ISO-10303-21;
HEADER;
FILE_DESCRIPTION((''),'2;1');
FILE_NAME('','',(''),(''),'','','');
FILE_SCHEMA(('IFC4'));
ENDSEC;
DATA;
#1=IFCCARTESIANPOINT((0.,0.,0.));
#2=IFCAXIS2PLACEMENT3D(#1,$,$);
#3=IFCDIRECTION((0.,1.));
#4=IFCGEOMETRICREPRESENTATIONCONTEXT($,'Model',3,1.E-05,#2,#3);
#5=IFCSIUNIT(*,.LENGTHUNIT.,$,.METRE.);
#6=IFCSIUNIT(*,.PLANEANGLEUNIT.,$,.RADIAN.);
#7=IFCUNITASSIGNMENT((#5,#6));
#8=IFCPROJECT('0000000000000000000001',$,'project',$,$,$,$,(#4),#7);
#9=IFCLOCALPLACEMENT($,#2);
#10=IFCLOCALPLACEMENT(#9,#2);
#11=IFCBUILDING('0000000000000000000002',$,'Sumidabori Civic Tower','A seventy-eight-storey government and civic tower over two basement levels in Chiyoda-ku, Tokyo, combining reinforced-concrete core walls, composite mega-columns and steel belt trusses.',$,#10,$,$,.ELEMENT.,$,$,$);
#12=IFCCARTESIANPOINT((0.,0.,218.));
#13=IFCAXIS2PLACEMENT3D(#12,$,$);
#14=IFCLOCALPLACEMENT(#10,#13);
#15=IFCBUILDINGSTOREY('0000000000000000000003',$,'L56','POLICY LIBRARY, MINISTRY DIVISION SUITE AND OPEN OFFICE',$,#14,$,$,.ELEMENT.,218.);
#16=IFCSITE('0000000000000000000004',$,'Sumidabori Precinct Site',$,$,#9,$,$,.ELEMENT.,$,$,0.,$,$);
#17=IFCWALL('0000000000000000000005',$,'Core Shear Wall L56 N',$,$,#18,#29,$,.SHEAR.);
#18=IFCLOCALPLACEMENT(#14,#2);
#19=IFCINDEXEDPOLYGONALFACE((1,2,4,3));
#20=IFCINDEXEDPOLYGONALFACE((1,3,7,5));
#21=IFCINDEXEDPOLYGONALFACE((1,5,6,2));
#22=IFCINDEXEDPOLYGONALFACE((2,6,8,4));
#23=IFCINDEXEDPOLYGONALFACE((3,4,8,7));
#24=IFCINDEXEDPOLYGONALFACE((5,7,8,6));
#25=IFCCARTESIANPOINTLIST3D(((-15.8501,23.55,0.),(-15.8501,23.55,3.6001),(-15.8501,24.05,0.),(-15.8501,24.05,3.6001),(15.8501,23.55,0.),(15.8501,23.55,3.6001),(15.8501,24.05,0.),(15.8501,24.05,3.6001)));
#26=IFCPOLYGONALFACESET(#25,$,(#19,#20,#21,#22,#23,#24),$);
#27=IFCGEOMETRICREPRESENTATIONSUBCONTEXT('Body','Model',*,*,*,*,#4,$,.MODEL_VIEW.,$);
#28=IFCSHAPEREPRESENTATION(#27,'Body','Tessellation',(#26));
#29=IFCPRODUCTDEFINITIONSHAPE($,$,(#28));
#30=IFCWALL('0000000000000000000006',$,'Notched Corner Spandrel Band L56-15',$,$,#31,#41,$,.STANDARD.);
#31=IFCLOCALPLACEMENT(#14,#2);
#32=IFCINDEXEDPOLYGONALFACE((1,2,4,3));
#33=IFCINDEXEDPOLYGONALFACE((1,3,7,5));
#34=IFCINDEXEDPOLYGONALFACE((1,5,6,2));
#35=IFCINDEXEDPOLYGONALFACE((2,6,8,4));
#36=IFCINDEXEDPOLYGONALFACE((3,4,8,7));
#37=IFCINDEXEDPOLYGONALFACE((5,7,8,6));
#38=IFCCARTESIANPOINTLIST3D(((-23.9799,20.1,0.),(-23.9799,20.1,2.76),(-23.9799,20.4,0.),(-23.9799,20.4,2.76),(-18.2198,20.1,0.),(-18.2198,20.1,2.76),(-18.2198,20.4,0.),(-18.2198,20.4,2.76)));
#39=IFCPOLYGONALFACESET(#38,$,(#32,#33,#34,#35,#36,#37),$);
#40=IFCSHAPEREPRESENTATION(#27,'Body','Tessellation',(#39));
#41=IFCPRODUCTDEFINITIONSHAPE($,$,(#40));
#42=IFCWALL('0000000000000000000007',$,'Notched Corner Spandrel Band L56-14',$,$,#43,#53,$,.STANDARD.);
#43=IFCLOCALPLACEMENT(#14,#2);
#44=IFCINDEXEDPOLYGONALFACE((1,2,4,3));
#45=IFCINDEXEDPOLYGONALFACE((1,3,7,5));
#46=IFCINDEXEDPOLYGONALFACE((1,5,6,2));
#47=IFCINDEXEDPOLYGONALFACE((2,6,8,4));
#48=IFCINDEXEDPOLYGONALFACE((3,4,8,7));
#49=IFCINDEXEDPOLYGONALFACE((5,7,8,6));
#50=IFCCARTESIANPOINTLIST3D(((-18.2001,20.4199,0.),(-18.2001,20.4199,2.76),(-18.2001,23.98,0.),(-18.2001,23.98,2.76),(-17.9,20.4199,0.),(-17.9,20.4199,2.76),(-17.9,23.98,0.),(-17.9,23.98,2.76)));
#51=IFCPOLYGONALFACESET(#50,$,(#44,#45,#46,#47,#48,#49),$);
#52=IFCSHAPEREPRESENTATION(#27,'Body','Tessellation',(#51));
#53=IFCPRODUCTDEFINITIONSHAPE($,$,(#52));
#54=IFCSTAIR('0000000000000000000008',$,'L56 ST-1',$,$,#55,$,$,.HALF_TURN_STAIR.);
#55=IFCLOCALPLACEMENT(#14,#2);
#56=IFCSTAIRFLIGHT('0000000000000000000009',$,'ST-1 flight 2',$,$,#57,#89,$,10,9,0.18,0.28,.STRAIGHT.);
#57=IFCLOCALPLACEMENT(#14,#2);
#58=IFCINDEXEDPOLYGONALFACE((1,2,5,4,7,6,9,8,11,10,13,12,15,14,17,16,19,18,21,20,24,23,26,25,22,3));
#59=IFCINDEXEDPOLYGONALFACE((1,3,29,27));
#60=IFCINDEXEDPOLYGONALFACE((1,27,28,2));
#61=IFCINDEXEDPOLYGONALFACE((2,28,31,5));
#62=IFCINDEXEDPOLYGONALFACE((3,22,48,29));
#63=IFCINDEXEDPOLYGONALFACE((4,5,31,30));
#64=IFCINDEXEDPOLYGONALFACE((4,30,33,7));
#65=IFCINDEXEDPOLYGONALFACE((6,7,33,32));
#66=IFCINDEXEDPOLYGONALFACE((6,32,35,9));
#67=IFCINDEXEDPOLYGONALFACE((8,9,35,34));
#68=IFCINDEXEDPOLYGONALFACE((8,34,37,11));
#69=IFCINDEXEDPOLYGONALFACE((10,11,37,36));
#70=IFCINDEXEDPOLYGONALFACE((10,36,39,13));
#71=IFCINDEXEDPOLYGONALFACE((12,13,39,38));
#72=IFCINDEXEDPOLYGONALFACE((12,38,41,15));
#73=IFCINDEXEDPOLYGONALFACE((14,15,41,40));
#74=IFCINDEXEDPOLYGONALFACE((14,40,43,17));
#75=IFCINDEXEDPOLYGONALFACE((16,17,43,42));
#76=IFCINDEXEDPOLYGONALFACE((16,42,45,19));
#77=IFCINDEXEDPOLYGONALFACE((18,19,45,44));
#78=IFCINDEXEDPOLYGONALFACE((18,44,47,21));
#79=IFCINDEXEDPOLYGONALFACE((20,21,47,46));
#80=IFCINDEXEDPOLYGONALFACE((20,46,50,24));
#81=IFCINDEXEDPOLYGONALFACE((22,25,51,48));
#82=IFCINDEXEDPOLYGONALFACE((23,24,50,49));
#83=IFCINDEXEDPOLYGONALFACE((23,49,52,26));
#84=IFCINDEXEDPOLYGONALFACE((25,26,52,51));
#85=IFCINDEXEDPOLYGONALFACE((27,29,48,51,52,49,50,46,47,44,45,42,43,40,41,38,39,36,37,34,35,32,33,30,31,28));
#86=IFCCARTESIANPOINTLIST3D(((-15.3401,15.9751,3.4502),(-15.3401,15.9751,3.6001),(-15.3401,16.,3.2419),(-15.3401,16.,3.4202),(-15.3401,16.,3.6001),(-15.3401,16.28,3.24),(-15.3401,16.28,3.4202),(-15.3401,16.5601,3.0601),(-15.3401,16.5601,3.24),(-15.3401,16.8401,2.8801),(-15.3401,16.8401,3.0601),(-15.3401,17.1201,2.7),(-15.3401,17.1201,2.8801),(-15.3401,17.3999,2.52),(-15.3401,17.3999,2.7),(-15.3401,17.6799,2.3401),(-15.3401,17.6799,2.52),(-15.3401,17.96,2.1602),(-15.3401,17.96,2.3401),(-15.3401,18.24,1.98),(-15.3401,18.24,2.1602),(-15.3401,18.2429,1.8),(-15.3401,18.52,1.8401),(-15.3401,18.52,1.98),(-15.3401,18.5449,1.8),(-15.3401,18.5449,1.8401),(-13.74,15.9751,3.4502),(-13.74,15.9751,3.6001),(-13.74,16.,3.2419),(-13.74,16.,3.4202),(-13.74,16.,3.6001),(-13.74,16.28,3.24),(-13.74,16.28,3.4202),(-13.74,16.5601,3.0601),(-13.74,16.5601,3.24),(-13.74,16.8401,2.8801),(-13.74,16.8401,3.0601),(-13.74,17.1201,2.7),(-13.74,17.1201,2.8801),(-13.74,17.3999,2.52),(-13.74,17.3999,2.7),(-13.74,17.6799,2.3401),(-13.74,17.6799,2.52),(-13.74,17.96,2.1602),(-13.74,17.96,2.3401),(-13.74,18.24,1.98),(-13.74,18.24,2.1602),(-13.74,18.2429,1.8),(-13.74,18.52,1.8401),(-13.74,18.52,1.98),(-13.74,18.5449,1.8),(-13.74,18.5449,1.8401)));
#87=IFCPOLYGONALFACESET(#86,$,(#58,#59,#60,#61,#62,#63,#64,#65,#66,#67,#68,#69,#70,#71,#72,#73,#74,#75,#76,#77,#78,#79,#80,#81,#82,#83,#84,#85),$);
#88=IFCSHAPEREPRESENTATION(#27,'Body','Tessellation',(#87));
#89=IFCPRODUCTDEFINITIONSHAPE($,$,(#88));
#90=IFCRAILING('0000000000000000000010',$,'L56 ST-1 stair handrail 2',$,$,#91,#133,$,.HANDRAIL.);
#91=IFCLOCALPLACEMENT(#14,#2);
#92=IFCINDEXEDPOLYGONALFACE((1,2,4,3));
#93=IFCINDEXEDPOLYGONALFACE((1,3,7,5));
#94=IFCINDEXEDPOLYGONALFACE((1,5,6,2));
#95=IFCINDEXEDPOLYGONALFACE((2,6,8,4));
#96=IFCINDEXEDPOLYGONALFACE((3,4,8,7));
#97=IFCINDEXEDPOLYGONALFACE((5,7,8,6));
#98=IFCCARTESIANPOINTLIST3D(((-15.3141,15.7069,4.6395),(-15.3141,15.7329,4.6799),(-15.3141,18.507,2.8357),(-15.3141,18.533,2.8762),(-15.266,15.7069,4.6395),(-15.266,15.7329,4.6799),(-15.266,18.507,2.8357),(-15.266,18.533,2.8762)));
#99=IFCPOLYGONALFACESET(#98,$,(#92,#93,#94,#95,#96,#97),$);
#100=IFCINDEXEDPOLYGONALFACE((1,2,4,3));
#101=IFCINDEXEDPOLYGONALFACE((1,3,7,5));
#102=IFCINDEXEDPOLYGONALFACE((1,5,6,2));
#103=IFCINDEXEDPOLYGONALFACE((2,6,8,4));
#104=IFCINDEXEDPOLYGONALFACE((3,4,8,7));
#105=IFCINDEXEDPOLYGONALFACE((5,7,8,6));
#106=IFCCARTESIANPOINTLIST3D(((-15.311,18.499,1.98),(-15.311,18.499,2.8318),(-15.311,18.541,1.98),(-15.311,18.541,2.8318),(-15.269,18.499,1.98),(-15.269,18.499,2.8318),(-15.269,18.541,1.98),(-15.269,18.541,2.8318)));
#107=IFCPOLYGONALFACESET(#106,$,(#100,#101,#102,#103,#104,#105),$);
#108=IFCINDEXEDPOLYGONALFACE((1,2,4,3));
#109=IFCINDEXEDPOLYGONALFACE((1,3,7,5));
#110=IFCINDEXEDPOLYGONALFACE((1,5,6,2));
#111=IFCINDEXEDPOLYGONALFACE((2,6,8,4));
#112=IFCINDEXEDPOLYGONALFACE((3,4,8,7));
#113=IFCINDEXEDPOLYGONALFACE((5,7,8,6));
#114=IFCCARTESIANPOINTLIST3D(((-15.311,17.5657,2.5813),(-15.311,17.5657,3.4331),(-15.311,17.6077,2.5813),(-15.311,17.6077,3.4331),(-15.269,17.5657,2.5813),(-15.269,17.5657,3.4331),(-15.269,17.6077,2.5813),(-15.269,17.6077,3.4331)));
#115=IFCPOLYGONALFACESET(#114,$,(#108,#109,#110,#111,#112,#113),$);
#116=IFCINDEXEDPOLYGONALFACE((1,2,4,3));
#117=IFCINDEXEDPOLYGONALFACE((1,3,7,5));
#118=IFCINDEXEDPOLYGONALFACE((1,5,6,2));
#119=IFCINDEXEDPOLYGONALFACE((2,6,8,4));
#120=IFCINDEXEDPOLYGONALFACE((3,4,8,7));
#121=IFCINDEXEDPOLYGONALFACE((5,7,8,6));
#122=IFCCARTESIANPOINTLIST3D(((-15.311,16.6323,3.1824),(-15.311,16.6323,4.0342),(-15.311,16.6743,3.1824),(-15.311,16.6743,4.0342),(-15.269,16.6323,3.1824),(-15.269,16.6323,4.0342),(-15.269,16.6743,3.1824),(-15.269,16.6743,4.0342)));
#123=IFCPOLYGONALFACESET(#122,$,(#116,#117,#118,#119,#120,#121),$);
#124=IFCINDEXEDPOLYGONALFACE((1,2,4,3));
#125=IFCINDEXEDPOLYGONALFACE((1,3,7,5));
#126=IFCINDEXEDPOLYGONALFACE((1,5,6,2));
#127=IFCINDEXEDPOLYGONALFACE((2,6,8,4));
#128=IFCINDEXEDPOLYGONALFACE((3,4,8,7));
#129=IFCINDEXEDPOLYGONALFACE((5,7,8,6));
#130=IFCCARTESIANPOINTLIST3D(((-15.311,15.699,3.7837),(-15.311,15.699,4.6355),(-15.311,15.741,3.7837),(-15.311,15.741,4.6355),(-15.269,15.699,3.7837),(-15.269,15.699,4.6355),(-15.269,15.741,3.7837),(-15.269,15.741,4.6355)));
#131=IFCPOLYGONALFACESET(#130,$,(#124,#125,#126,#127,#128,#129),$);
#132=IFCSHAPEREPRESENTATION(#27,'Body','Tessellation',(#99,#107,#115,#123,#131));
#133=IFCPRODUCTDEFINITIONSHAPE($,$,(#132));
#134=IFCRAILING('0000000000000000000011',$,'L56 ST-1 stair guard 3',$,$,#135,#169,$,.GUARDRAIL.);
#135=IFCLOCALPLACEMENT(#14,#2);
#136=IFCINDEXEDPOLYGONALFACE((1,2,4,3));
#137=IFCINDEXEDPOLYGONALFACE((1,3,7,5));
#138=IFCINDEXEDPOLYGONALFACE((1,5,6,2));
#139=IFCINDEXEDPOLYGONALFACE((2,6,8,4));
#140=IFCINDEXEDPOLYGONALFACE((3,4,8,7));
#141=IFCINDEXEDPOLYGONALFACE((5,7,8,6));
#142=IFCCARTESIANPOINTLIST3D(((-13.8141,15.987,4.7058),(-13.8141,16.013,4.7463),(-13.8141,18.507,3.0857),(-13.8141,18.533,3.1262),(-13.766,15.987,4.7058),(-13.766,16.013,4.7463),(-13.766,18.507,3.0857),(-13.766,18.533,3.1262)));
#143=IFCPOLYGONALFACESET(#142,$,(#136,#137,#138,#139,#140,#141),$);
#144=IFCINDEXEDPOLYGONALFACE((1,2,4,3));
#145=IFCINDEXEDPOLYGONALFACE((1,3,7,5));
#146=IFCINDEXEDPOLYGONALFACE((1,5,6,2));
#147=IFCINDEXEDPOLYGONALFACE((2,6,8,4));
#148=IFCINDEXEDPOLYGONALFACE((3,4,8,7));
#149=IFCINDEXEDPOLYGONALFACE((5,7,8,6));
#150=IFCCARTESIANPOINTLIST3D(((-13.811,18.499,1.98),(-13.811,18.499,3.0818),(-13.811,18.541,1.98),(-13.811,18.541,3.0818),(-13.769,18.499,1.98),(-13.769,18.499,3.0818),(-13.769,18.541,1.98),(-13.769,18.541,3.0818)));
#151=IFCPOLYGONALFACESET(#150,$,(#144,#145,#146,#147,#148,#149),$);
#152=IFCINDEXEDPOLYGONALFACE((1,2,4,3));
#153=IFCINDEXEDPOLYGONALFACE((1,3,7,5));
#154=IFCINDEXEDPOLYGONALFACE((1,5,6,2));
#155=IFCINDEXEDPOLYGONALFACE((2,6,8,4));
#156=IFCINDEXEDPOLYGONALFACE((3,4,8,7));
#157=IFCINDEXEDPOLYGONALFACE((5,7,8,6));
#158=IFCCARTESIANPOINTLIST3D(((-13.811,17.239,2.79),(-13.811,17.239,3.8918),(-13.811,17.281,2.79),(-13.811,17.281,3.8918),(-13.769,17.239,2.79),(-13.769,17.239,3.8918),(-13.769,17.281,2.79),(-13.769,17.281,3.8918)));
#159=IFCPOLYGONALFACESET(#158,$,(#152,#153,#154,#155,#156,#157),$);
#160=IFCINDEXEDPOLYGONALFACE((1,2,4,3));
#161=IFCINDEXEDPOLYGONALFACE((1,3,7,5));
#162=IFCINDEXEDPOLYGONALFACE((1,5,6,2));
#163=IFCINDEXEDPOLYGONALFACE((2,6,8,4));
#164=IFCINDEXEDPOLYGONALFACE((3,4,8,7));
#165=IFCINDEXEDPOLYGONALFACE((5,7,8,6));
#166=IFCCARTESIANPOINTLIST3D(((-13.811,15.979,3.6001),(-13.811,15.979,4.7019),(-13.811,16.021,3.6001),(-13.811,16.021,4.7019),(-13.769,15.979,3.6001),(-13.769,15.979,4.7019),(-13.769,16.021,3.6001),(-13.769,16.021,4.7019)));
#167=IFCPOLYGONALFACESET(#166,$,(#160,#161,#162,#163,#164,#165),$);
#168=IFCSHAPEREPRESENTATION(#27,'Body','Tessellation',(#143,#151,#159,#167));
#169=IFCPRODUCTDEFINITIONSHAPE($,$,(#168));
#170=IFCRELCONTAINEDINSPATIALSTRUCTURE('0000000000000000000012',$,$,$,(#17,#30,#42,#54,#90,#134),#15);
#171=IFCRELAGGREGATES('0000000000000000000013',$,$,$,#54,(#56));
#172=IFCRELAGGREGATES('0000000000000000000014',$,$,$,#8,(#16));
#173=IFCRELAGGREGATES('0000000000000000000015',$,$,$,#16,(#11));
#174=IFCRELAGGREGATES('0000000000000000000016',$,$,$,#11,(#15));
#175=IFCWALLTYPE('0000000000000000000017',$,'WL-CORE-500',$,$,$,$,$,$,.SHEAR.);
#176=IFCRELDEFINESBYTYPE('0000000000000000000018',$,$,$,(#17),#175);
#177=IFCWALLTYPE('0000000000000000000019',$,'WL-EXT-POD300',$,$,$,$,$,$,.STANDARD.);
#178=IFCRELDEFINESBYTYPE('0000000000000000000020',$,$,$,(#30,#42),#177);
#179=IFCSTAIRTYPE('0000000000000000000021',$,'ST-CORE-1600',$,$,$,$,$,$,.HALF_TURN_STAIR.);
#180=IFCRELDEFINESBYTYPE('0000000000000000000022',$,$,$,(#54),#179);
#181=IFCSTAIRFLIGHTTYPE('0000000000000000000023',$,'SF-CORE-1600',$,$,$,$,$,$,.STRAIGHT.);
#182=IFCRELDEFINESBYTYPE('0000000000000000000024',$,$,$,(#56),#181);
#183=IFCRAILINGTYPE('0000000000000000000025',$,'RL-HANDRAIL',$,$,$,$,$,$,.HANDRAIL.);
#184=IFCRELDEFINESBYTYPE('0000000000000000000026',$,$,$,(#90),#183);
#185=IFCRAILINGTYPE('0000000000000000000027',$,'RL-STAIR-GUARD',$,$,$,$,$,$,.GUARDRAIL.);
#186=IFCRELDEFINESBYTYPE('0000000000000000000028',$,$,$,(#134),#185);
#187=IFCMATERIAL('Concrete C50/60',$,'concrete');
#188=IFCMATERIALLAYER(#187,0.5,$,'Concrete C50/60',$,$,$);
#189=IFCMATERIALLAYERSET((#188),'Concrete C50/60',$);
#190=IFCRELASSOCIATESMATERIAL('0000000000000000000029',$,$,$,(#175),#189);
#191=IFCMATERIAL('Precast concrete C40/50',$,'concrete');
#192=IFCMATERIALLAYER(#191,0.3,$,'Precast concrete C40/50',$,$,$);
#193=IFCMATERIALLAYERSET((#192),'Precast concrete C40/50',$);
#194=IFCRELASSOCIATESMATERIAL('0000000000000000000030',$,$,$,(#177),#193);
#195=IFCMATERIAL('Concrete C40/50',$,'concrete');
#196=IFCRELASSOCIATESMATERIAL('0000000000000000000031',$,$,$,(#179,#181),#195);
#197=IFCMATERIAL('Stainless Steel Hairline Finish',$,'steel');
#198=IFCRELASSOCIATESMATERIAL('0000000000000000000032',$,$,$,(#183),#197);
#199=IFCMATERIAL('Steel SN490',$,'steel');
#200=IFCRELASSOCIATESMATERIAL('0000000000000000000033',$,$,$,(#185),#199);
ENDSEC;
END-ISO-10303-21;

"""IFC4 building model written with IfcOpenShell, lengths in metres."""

from ifc_helpers import new_model, si_unit, direction, frame, frame_2d, origin, origin_2d, place, context, subcontext, project, spatial, polyline, rectangle, outline, extrude, source, transform, mapped, material, layer, layer_set, type_object, element, aggregate, save


model = new_model("IFC4")

# Units and contexts
model_context = context("Model", 3, precision=1e-05, world=origin(), true_north=direction((0.0, 1.0)))
body_context = subcontext(model_context, "Body", "Model", "MODEL_VIEW")
ifc_project = project(units=[si_unit("LENGTHUNIT", "METRE"), si_unit("PLANEANGLEUNIT", "RADIAN")], contexts=[model_context])

# Site, building, storey
site_placement = place(None, origin())
site = spatial("IfcSite", under=ifc_project, at=site_placement, Name="Sumidabori Precinct Site", CompositionType="ELEMENT", RefElevation=0.0)
building_placement = place(site_placement, origin())
building = spatial("IfcBuilding", under=site, at=building_placement, Name="Sumidabori Civic Tower", Description="A seventy-eight-storey government and civic tower over two basement levels in Chiyoda-ku, Tokyo, combining reinforced-concrete core walls, composite mega-columns and steel belt trusses.", CompositionType="ELEMENT")
storey_placement = place(building_placement, frame((0.0, 0.0, 218.0)))
storey = spatial("IfcBuildingStorey", under=building, at=storey_placement, Name="L56", Description="POLICY LIBRARY, MINISTRY DIVISION SUITE AND OPEN OFFICE", CompositionType="ELEMENT", Elevation=218.0)

# Shared definitions
ifc_material_1 = material(Name="Steel SN490", Category="steel")

# Wall
ifc_material_2 = material(Name="Concrete C50/60", Category="concrete")
ifc_layer_1 = layer(ifc_material_2, 0.5, Name="Concrete C50/60")
ifc_layer_set_1 = layer_set([ifc_layer_1], Name="Concrete C50/60")
wall_type_1 = type_object("IfcWallType", Name="WL-CORE-500", PredefinedType="SHEAR", material=ifc_layer_set_1)
shared_shape_1 = source(origin(), body_context, "Body", "SweptSolid", [
    extrude(rectangle(XDim=31.7002, YDim=0.5, at=frame_2d((15.8501, 0.0))), origin(), (0.0, 0.0, 1.0), 3.6001),
])
wall_1_placement = place(storey_placement, frame((-15.8501, 23.8, 0.0), z_axis=(0.0, 0.0, 1.0), x_axis=(1.0, 0.0, 0.0)))
element("IfcWall", 1, at=wall_1_placement, inside=storey, type_object=wall_type_1, Name="Core Shear Wall L56 N", PredefinedType="SHEAR", context=body_context, shape_type="MappedRepresentation", body=[
    mapped(shared_shape_1, transform((0.0, 0.0, 0.0), x_axis=(1.0, 0.0, 0.0), y_axis=(0.0, 1.0, 0.0), z_axis=(0.0, 0.0, 1.0), scale=1.0)),
])

# Walls
ifc_material_3 = material(Name="Precast concrete C40/50", Category="concrete")
ifc_layer_2 = layer(ifc_material_3, 0.3, Name="Precast concrete C40/50")
ifc_layer_set_2 = layer_set([ifc_layer_2], Name="Precast concrete C40/50")
wall_type_2 = type_object("IfcWallType", Name="WL-EXT-POD300", PredefinedType="STANDARD", material=ifc_layer_set_2)
shared_shape_2 = source(origin(), body_context, "Body", "SweptSolid", [
    extrude(rectangle(XDim=5.76, YDim=0.3, at=frame_2d((2.8799, 0.0))), origin(), (0.0, 0.0, 1.0), 2.76),
])
wall_2_placement = place(storey_placement, frame((-18.22, 20.25, 0.0), z_axis=(0.0, 0.0, 1.0), x_axis=(-1.0, 0.0, 0.0)))
element("IfcWall", 2, at=wall_2_placement, inside=storey, type_object=wall_type_2, Name="Notched Corner Spandrel Band L56-15", PredefinedType="STANDARD", context=body_context, shape_type="MappedRepresentation", body=[
    mapped(shared_shape_2, transform((0.0, 0.0, 0.0), x_axis=(1.0, 0.0, 0.0), y_axis=(0.0, 1.0, 0.0), z_axis=(0.0, 0.0, 1.0), scale=1.0)),
])
shared_shape_3 = source(origin(), body_context, "Body", "SweptSolid", [
    extrude(rectangle(XDim=3.5601, YDim=0.3, at=frame_2d((1.78, 0.0))), origin(), (0.0, 0.0, 1.0), 2.76),
])
wall_3_placement = place(storey_placement, frame((-18.05, 23.98, 0.0), z_axis=(0.0, 0.0, 1.0), x_axis=(0.0, -1.0, 0.0)))
element("IfcWall", 3, at=wall_3_placement, inside=storey, type_object=wall_type_2, Name="Notched Corner Spandrel Band L56-14", PredefinedType="STANDARD", context=body_context, shape_type="MappedRepresentation", body=[
    mapped(shared_shape_3, transform((0.0, 0.0, 0.0), x_axis=(1.0, 0.0, 0.0), y_axis=(0.0, 1.0, 0.0), z_axis=(0.0, 0.0, 1.0), scale=1.0)),
])

# Stair, stair flight
ifc_material_4 = material(Name="Concrete C40/50", Category="concrete")
stair_type = type_object("IfcStairType", Name="ST-CORE-1600", PredefinedType="HALF_TURN_STAIR", material=ifc_material_4)
stair_placement = place(storey_placement, origin())
stair = element("IfcStair", 4, at=stair_placement, inside=storey, type_object=stair_type, Name="L56 ST-1", PredefinedType="HALF_TURN_STAIR")
stair_flight_type = type_object("IfcStairFlightType", Name="SF-CORE-1600", PredefinedType="STRAIGHT", material=ifc_material_4)
shared_shape_4 = source(origin(), body_context, "Body", "SweptSolid", [
    extrude(outline(polyline([(-0.0249, 0.0), (-0.0249, 0.04), (0.0, 0.04), (0.0, 0.1799), (0.28, 0.1799), (0.28, 0.3601), (0.5601, 0.3601), (0.5601, 0.54), (0.8401, 0.54), (0.8401, 0.72), (1.1201, 0.72), (1.1201, 0.8999), (1.3999, 0.8999), (1.3999, 1.0801), (1.6799, 1.0801), (1.6799, 1.26), (1.96, 1.26), (1.96, 1.4399), (2.24, 1.4399), (2.24, 1.6201), (2.52, 1.6201), (2.52, 1.8), (2.5449, 1.8), (2.5449, 1.6501), (2.52, 1.4419), (0.2771, 0.0), (-0.0249, 0.0)])), frame((0.0, 0.8, 0.0), z_axis=(0.0, -1.0, 0.0), x_axis=(1.0, 0.0, 0.0)), (0.0, 0.0, 1.0), 1.6001),
])
stair_flight_placement = place(storey_placement, frame((-14.54, 18.52, 1.8), z_axis=(0.0, 0.0, 1.0), x_axis=(0.0, -1.0, 0.0)))
stair_flight = element("IfcStairFlight", 5, at=stair_flight_placement, type_object=stair_flight_type, Name="ST-1 flight 2", NumberOfRisers=10, NumberOfTreads=9, PredefinedType="STRAIGHT", RiserHeight=0.18, TreadLength=0.28, context=body_context, shape_type="MappedRepresentation", body=[
    mapped(shared_shape_4, transform((0.0, 0.0, 0.0), x_axis=(1.0, 0.0, 0.0), y_axis=(0.0, 1.0, 0.0), z_axis=(0.0, 0.0, 1.0), scale=1.0)),
])
aggregate(stair, [stair_flight])

# Railings
ifc_material_5 = material(Name="Stainless Steel Hairline Finish", Category="steel")
railing_type_1 = type_object("IfcRailingType", Name="RL-HANDRAIL", PredefinedType="HANDRAIL", material=ifc_material_5)
railing_1_placement = place(storey_placement, frame((-15.29, 18.52, 1.98)))
element("IfcRailing", 6, at=railing_1_placement, inside=storey, type_object=railing_type_1, Name="L56 ST-1 stair handrail 2", PredefinedType="HANDRAIL", context=body_context, shape_type="SweptSolid", body=[
    extrude(rectangle(XDim=0.0481, YDim=0.0481, at=origin_2d()), frame((0.0, 0.0, 0.876), z_axis=(0.0, -0.840676, 0.541539), x_axis=(1.0, 0.0, 0.0)), (0.0, 0.0, 1.0), 3.3308),
    extrude(rectangle(XDim=0.042, YDim=0.042, at=origin_2d()), origin(), (0.0, 0.0, 1.0), 0.8518),
    extrude(rectangle(XDim=0.042, YDim=0.042, at=origin_2d()), frame((0.0, -0.9333, 0.6013)), (0.0, 0.0, 1.0), 0.8518),
    extrude(rectangle(XDim=0.042, YDim=0.042, at=origin_2d()), frame((0.0, -1.8667, 1.2024)), (0.0, 0.0, 1.0), 0.8518),
    extrude(rectangle(XDim=0.042, YDim=0.042, at=origin_2d()), frame((0.0, -2.8, 1.8037)), (0.0, 0.0, 1.0), 0.8518),
])
railing_type_2 = type_object("IfcRailingType", Name="RL-STAIR-GUARD", PredefinedType="GUARDRAIL", material=ifc_material_1)
railing_2_placement = place(storey_placement, frame((-13.79, 18.52, 1.98)))
element("IfcRailing", 7, at=railing_2_placement, inside=storey, type_object=railing_type_2, Name="L56 ST-1 stair guard 3", PredefinedType="GUARDRAIL", context=body_context, shape_type="SweptSolid", body=[
    extrude(rectangle(XDim=0.0481, YDim=0.0481, at=origin_2d()), frame((0.0, 0.0, 1.126), z_axis=(0.0, -0.841163, 0.540782), x_axis=(1.0, 0.0, 0.0)), (0.0, 0.0, 1.0), 2.9958),
    extrude(rectangle(XDim=0.042, YDim=0.042, at=origin_2d()), origin(), (0.0, 0.0, 1.0), 1.1018),
    extrude(rectangle(XDim=0.042, YDim=0.042, at=origin_2d()), frame((0.0, -1.26, 0.8101)), (0.0, 0.0, 1.0), 1.1018),
    extrude(rectangle(XDim=0.042, YDim=0.042, at=origin_2d()), frame((0.0, -2.52, 1.6201)), (0.0, 0.0, 1.0), 1.1018),
])

save(model, "model.ifc")
